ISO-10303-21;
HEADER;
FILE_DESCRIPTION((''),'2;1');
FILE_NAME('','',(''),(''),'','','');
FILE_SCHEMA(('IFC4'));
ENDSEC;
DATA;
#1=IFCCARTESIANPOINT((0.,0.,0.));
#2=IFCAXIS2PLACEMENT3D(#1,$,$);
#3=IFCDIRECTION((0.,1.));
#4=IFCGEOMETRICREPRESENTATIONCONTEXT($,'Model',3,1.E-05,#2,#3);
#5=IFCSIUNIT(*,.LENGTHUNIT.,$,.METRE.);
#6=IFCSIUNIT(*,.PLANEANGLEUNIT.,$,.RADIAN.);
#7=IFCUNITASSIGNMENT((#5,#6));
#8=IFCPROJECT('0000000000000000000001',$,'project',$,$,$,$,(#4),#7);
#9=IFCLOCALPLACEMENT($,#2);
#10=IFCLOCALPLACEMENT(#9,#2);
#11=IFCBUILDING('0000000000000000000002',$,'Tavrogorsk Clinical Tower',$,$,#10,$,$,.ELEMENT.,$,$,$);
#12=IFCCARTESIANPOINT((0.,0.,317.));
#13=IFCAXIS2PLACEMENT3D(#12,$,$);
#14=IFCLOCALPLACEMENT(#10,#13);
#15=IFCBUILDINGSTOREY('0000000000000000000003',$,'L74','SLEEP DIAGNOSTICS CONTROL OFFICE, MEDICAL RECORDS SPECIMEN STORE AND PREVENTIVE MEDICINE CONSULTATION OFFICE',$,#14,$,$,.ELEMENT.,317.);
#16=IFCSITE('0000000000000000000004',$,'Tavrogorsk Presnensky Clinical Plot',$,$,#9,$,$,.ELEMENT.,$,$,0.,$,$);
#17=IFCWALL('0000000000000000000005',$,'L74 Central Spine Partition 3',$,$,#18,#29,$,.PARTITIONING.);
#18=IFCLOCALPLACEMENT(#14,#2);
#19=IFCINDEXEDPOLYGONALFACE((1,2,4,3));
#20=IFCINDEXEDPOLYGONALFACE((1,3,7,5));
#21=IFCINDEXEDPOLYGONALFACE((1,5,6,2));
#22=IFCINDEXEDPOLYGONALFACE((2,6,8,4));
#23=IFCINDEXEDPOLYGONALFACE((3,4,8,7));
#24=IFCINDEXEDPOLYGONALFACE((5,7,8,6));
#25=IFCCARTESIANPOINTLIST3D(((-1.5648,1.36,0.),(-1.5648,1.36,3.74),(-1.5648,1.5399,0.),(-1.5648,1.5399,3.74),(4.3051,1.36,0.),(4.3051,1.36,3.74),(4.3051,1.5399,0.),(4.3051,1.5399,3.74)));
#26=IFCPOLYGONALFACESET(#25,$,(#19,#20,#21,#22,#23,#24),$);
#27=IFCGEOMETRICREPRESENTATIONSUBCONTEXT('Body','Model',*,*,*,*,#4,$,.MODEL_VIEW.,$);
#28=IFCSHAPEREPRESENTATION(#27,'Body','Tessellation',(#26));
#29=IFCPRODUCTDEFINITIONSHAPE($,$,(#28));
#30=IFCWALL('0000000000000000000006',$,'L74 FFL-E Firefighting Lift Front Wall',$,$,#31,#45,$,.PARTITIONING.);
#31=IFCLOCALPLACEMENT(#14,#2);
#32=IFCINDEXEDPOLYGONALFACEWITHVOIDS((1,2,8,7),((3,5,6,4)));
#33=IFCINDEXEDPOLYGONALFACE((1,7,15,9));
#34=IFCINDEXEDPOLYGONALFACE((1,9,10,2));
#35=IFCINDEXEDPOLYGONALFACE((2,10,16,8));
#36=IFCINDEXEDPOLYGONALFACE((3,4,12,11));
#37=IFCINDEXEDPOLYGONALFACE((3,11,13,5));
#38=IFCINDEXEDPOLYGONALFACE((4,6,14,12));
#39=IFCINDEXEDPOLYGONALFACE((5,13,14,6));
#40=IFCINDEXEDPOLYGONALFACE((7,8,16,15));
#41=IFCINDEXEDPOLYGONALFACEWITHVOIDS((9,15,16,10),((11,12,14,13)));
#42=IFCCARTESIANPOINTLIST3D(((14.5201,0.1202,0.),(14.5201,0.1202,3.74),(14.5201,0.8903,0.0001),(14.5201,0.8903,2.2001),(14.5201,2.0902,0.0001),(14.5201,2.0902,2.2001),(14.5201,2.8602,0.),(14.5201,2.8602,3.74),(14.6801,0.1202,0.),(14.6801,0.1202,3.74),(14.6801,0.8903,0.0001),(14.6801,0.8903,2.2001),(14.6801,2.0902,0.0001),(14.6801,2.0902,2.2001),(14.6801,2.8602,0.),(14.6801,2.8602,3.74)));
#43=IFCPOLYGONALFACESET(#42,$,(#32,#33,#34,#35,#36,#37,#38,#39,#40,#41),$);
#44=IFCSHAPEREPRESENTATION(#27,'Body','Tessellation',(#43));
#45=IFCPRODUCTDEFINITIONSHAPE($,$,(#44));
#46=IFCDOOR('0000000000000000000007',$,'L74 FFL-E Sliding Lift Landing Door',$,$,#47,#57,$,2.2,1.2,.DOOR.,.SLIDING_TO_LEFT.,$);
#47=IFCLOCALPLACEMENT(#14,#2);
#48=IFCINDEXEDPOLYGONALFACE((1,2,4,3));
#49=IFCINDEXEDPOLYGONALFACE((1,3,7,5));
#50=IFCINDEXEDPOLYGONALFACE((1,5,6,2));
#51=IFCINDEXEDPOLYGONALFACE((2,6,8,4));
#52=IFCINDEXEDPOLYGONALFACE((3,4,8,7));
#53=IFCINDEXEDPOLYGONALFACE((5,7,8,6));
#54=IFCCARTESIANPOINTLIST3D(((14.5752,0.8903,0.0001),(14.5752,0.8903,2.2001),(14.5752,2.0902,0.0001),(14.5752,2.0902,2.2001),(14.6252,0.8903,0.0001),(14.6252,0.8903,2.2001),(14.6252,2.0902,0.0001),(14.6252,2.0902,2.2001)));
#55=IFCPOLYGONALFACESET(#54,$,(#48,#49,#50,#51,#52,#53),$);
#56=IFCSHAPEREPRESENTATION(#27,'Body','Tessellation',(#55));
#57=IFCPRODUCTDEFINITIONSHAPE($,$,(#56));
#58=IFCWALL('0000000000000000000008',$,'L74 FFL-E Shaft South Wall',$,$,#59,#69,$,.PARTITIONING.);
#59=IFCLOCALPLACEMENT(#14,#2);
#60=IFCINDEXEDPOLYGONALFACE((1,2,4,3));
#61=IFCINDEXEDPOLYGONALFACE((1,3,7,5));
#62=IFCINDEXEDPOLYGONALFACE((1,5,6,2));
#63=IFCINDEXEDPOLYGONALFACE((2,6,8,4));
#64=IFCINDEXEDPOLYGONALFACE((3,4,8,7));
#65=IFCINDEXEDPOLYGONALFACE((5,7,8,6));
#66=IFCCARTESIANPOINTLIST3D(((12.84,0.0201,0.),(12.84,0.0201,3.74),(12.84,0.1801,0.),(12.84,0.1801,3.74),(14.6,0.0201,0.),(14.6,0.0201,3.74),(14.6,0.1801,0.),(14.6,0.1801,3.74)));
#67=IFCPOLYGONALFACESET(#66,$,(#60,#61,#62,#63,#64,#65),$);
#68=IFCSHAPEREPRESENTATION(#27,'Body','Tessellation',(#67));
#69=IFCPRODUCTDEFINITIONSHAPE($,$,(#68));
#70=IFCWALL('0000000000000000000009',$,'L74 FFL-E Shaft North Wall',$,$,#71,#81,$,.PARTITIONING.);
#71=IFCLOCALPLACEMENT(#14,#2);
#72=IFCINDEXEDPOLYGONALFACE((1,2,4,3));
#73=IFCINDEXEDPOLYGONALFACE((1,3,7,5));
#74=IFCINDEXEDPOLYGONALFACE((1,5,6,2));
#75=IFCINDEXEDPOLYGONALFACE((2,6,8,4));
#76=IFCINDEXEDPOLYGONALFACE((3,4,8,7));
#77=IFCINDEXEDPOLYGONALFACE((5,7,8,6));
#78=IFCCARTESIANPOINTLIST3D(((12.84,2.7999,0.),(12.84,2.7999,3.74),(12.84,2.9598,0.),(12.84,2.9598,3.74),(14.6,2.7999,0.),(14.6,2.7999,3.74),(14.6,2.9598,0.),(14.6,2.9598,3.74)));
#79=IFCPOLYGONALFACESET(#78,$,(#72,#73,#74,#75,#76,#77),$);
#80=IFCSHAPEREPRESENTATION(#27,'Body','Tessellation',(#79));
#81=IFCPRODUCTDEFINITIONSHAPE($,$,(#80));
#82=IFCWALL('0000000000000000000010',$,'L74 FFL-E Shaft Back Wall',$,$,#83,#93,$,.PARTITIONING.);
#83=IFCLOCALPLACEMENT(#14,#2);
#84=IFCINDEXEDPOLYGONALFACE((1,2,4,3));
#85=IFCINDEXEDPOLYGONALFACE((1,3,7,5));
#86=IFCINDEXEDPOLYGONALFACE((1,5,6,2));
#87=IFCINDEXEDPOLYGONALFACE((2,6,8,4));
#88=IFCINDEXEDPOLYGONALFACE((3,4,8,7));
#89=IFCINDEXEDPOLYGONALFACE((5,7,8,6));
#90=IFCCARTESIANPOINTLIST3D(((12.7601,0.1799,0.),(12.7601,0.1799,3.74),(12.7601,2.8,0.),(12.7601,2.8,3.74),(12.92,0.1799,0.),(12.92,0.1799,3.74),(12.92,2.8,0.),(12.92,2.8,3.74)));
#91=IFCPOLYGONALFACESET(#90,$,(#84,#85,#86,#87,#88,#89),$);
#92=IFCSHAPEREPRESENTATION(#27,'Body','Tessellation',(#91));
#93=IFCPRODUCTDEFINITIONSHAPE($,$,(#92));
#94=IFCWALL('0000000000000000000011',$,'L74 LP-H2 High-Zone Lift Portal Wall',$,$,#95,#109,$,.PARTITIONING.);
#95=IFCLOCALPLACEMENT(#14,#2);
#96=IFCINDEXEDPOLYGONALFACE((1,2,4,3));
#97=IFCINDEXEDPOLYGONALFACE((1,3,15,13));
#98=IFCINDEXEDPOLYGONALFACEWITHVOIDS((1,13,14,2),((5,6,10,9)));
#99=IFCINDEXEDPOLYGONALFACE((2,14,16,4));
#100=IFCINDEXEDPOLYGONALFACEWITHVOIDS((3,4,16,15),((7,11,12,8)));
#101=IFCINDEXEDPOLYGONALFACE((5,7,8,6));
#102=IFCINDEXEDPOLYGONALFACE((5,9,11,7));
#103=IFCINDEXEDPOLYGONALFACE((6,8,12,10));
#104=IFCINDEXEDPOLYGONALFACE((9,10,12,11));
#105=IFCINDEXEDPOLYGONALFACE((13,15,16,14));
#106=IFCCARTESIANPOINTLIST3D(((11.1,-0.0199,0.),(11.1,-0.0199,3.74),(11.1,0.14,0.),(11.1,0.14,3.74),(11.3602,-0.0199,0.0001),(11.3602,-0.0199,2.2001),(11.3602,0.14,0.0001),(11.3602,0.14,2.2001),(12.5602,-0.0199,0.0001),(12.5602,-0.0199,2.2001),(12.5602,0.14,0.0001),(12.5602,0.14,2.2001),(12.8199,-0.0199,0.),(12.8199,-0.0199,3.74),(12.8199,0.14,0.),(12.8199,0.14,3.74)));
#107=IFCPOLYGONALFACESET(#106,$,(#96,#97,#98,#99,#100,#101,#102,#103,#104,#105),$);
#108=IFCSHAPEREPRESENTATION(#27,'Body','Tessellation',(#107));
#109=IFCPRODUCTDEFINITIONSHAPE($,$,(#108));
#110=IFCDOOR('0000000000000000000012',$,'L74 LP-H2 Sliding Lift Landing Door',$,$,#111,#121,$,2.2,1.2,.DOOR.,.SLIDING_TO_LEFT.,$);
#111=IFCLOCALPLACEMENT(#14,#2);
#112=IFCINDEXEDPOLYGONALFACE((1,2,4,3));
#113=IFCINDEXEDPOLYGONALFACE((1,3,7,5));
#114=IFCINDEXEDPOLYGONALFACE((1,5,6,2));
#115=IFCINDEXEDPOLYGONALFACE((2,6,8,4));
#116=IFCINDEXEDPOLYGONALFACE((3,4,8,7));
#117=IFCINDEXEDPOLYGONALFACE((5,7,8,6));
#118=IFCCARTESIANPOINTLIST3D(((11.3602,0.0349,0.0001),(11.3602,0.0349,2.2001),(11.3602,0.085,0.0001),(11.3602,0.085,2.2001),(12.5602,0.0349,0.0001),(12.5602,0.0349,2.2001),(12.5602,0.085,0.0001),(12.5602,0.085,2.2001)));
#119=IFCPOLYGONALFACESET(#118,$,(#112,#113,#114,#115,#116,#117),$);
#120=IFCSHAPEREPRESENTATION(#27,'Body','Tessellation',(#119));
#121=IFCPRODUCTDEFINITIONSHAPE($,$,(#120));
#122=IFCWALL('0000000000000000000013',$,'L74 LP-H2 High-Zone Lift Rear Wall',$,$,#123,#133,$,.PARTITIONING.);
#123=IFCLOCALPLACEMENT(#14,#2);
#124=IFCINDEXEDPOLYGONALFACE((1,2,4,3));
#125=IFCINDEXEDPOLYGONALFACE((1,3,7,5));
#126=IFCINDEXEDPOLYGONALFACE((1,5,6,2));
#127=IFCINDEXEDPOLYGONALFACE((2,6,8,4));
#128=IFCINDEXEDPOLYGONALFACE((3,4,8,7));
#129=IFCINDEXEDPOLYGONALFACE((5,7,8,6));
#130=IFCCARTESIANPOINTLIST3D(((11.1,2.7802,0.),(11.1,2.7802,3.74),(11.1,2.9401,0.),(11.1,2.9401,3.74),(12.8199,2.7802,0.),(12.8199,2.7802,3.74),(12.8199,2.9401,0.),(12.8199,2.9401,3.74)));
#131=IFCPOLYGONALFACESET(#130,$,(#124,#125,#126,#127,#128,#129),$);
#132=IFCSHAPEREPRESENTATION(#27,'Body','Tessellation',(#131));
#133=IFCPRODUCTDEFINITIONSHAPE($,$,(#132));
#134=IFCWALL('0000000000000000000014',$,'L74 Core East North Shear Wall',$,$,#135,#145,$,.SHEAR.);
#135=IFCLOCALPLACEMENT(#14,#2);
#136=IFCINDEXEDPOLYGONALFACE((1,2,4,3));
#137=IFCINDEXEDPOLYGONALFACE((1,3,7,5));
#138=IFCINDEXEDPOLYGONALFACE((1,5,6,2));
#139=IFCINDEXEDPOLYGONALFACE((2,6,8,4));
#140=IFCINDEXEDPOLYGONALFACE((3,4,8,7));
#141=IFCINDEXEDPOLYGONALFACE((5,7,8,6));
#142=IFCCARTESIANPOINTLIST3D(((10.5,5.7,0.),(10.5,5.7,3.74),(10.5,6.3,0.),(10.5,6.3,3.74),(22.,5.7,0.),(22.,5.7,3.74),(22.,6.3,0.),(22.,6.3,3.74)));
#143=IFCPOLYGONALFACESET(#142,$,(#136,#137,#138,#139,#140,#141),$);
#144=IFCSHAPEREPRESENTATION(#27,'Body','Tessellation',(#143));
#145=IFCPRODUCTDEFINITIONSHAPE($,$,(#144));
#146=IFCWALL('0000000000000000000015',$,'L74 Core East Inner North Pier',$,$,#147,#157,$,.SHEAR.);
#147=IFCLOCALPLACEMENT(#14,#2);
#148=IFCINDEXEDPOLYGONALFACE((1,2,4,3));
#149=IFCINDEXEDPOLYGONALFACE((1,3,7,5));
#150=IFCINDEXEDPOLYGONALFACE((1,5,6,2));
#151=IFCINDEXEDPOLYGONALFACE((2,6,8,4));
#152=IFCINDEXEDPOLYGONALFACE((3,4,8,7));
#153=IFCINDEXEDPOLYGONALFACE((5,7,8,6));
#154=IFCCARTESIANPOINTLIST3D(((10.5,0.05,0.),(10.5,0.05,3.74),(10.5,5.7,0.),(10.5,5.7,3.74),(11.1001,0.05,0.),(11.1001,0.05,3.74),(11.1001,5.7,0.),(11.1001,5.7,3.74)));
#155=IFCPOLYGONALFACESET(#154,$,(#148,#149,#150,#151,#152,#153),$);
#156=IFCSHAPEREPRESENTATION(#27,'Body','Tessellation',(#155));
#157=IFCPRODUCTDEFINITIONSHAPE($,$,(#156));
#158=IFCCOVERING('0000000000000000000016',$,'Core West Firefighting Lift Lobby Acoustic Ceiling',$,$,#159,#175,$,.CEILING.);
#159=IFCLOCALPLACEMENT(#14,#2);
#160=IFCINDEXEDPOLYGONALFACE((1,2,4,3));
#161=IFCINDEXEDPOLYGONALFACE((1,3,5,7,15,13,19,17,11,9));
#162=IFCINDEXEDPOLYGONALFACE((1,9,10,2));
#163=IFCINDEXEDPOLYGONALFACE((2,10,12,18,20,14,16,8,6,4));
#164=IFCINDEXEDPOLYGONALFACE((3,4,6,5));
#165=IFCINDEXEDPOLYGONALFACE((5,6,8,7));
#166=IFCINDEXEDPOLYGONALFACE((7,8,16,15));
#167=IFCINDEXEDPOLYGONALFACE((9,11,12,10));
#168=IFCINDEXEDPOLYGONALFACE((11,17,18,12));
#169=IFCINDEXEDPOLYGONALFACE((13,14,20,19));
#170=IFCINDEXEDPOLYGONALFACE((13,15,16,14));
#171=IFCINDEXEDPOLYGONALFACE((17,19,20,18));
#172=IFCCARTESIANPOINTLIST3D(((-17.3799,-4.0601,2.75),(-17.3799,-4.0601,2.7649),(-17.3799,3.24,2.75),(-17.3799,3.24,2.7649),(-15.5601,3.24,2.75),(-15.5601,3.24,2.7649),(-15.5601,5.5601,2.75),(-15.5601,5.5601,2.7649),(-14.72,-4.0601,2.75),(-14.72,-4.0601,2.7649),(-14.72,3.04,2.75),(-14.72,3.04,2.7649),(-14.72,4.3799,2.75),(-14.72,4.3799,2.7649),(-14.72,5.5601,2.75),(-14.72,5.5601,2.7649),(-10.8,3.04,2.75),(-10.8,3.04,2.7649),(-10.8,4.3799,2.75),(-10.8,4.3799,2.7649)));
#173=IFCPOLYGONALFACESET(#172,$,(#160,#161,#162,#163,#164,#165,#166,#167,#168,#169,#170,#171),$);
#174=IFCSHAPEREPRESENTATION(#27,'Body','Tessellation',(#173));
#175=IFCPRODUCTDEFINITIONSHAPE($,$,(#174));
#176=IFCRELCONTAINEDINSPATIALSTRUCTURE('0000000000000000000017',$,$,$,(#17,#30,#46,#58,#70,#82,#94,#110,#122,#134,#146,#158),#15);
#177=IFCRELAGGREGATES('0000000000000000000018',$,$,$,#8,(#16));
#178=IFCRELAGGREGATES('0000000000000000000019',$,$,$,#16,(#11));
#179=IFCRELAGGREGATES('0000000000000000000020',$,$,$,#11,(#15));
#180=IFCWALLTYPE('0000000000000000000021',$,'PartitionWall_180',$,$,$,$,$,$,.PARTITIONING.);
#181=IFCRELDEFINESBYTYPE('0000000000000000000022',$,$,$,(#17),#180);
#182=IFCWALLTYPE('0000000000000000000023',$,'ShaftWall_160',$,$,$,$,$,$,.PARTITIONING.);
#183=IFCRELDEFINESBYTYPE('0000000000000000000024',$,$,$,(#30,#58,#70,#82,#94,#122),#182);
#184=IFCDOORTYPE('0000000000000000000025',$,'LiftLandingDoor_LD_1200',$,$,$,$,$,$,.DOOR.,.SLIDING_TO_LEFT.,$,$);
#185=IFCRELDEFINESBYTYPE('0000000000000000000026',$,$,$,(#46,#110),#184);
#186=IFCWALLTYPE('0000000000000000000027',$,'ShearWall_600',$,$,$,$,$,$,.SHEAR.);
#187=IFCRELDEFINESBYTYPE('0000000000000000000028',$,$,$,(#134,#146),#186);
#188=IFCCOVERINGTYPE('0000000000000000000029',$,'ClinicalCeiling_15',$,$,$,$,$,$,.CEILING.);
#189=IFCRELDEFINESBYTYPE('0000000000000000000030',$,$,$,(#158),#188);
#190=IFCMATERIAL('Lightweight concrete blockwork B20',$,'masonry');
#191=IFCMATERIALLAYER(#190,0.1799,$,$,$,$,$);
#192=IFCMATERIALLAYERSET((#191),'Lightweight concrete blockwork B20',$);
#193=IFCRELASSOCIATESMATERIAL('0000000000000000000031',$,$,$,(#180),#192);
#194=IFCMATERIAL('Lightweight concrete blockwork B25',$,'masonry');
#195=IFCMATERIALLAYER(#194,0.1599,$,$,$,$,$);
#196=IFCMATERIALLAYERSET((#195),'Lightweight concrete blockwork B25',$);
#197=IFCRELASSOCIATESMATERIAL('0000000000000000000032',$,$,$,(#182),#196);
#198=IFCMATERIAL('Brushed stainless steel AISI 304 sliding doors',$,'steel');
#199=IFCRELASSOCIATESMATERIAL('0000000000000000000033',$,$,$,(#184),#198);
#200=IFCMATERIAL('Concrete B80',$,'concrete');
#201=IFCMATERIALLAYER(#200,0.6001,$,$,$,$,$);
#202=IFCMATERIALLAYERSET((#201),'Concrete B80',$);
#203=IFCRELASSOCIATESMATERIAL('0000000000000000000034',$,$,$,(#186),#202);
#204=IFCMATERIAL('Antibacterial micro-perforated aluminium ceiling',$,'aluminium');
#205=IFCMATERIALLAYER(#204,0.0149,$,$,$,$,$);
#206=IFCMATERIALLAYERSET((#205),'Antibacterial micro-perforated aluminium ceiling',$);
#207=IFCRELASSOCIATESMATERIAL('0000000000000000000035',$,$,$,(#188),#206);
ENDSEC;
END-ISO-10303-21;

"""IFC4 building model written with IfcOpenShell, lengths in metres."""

from ifc_helpers import new_model, si_unit, direction, frame, frame_2d, origin, place, context, subcontext, project, spatial, polyline, rectangle, outline, extrude, material, layer, layer_set, type_object, element, fill, save


model = new_model("IFC4")

# Units and contexts
model_context = context("Model", 3, precision=1e-05, world=origin(), true_north=direction((0.0, 1.0)))
body_context = subcontext(model_context, "Body", "Model", "MODEL_VIEW")
ifc_project = project(units=[si_unit("LENGTHUNIT", "METRE"), si_unit("PLANEANGLEUNIT", "RADIAN")], contexts=[model_context])

# Site, building, storey
site_placement = place(None, origin())
site = spatial("IfcSite", under=ifc_project, at=site_placement, Name="Tavrogorsk Presnensky Clinical Plot", CompositionType="ELEMENT", RefElevation=0.0)
building_placement = place(site_placement, origin())
building = spatial("IfcBuilding", under=site, at=building_placement, Name="Tavrogorsk Clinical Tower", CompositionType="ELEMENT")
storey_placement = place(building_placement, frame((0.0, 0.0, 317.0)))
storey = spatial("IfcBuildingStorey", under=building, at=storey_placement, Name="L74", Description="SLEEP DIAGNOSTICS CONTROL OFFICE, MEDICAL RECORDS SPECIMEN STORE AND PREVENTIVE MEDICINE CONSULTATION OFFICE", CompositionType="ELEMENT", Elevation=317.0)

# Wall
ifc_material_1 = material(Name="Lightweight concrete blockwork B20", Category="masonry")
ifc_layer_1 = layer(ifc_material_1, 0.1799)
ifc_layer_set_1 = layer_set([ifc_layer_1], Name="Lightweight concrete blockwork B20")
wall_type_1 = type_object("IfcWallType", Name="PartitionWall_180", PredefinedType="PARTITIONING", material=ifc_layer_set_1)
wall_1_placement = place(storey_placement, frame((-1.5649, 1.45, 0.0), z_axis=(0.0, 0.0, 1.0), x_axis=(1.0, 0.0, 0.0)))
element("IfcWall", 1, at=wall_1_placement, inside=storey, type_object=wall_type_1, Name="L74 Central Spine Partition 3", PredefinedType="PARTITIONING", context=body_context, shape_type="SweptSolid", body=[
    extrude(rectangle(XDim=5.8699, YDim=0.1799, at=frame_2d((2.9351, 0.0))), origin(), (0.0, 0.0, 1.0), 3.74),
])

# Wall, opening, door
ifc_material_2 = material(Name="Lightweight concrete blockwork B25", Category="masonry")
ifc_layer_2 = layer(ifc_material_2, 0.1599)
ifc_layer_set_2 = layer_set([ifc_layer_2], Name="Lightweight concrete blockwork B25")
wall_type_2 = type_object("IfcWallType", Name="ShaftWall_160", PredefinedType="PARTITIONING", material=ifc_layer_set_2)
wall_2_placement = place(storey_placement, frame((14.6001, 0.1201, 0.0), z_axis=(0.0, 0.0, 1.0), x_axis=(0.0, 1.0, 0.0)))
wall_2 = element("IfcWall", 2, at=wall_2_placement, inside=storey, type_object=wall_type_2, Name="L74 FFL-E Firefighting Lift Front Wall", PredefinedType="PARTITIONING", context=body_context, shape_type="SweptSolid", body=[
    extrude(rectangle(XDim=2.74, YDim=0.1599, at=frame_2d((1.3701, 0.0))), origin(), (0.0, 0.0, 1.0), 3.74),
])
opening_1_placement = place(wall_2_placement, frame((0.77, 0.0, 0.0)))
opening_1 = element("IfcOpeningElement", 3, at=opening_1_placement, cuts=wall_2, PredefinedType="OPENING", context=body_context, shape_type="SweptSolid", body=[
    extrude(rectangle(XDim=1.2, YDim=2.2, at=frame_2d((0.6001, 1.1001))), frame((0.0, 0.0898, 0.0), z_axis=(0.0, -1.0, 0.0), x_axis=(1.0, 0.0, 0.0)), (0.0, 0.0, 1.0), 0.1799),
])
ifc_material_3 = material(Name="Brushed stainless steel AISI 304 sliding doors", Category="steel")
door_type_1 = type_object("IfcDoorType", Name="LiftLandingDoor_LD_1200", OperationType="SLIDING_TO_LEFT", PredefinedType="DOOR", material=ifc_material_3)
door_1_placement = place(opening_1_placement, origin())
door_1 = element("IfcDoor", 4, at=door_1_placement, inside=storey, type_object=door_type_1, Name="L74 FFL-E Sliding Lift Landing Door", OperationType="SLIDING_TO_LEFT", OverallHeight=2.2, OverallWidth=1.2, PredefinedType="DOOR", context=body_context, shape_type="SweptSolid", body=[
    extrude(rectangle(XDim=1.2, YDim=2.2, at=frame_2d((0.6001, 1.1001))), frame((0.0, 0.0249, 0.0), z_axis=(0.0, -1.0, 0.0), x_axis=(1.0, 0.0, 0.0)), (0.0, 0.0, 1.0), 0.05),
])
fill(opening_1, door_1)

# Walls
for number, where, z_axis, x_axis, name in (
    (5, (12.8401, 0.1001, 0.0), (0.0, 0.0, 1.0), (1.0, 0.0, 0.0), "L74 FFL-E Shaft South Wall"),
    (6, (12.8401, 2.8799, 0.0), (0.0, 0.0, 1.0), (1.0, 0.0, 0.0), "L74 FFL-E Shaft North Wall"),
):
    element("IfcWall", number, at=place(storey_placement, frame(where, z_axis=z_axis, x_axis=x_axis)), inside=storey, type_object=wall_type_2, Name=name, PredefinedType="PARTITIONING", context=body_context, shape_type="SweptSolid", body=[
        extrude(rectangle(XDim=1.76, YDim=0.1599, at=frame_2d((0.8799, 0.0))), origin(), (0.0, 0.0, 1.0), 3.74),
    ])
wall_3_placement = place(storey_placement, frame((12.8401, 0.1799, 0.0), z_axis=(0.0, 0.0, 1.0), x_axis=(0.0, 1.0, 0.0)))
element("IfcWall", 7, at=wall_3_placement, inside=storey, type_object=wall_type_2, Name="L74 FFL-E Shaft Back Wall", PredefinedType="PARTITIONING", context=body_context, shape_type="SweptSolid", body=[
    extrude(rectangle(XDim=2.6201, YDim=0.1599, at=frame_2d((1.3101, 0.0))), origin(), (0.0, 0.0, 1.0), 3.74),
])

# Wall, opening, door
wall_4_placement = place(storey_placement, frame((11.1001, 0.0601, 0.0), z_axis=(0.0, 0.0, 1.0), x_axis=(1.0, 0.0, 0.0)))
wall_4 = element("IfcWall", 8, at=wall_4_placement, inside=storey, type_object=wall_type_2, Name="L74 LP-H2 High-Zone Lift Portal Wall", PredefinedType="PARTITIONING", context=body_context, shape_type="SweptSolid", body=[
    extrude(rectangle(XDim=1.72, YDim=0.1599, at=frame_2d((0.8599, 0.0))), origin(), (0.0, 0.0, 1.0), 3.74),
])
opening_2_placement = place(wall_4_placement, frame((0.26, 0.0, 0.0)))
opening_2 = element("IfcOpeningElement", 9, at=opening_2_placement, cuts=wall_4, PredefinedType="OPENING", context=body_context, shape_type="SweptSolid", body=[
    extrude(rectangle(XDim=1.2, YDim=2.2, at=frame_2d((0.6001, 1.1001))), frame((0.0, 0.0898, 0.0), z_axis=(0.0, -1.0, 0.0), x_axis=(1.0, 0.0, 0.0)), (0.0, 0.0, 1.0), 0.1799),
])
door_2_placement = place(opening_2_placement, origin())
door_2 = element("IfcDoor", 10, at=door_2_placement, inside=storey, type_object=door_type_1, Name="L74 LP-H2 Sliding Lift Landing Door", OperationType="SLIDING_TO_LEFT", OverallHeight=2.2, OverallWidth=1.2, PredefinedType="DOOR", context=body_context, shape_type="SweptSolid", body=[
    extrude(rectangle(XDim=1.2, YDim=2.2, at=frame_2d((0.6001, 1.1001))), frame((0.0, 0.0249, 0.0), z_axis=(0.0, -1.0, 0.0), x_axis=(1.0, 0.0, 0.0)), (0.0, 0.0, 1.0), 0.05),
])
fill(opening_2, door_2)

# Walls
wall_5_placement = place(storey_placement, frame((11.1001, 2.8601, 0.0), z_axis=(0.0, 0.0, 1.0), x_axis=(1.0, 0.0, 0.0)))
element("IfcWall", 11, at=wall_5_placement, inside=storey, type_object=wall_type_2, Name="L74 LP-H2 High-Zone Lift Rear Wall", PredefinedType="PARTITIONING", context=body_context, shape_type="SweptSolid", body=[
    extrude(rectangle(XDim=1.72, YDim=0.1599, at=frame_2d((0.8599, 0.0))), origin(), (0.0, 0.0, 1.0), 3.74),
])
ifc_material_4 = material(Name="Concrete B80", Category="concrete")
ifc_layer_3 = layer(ifc_material_4, 0.6001)
ifc_layer_set_3 = layer_set([ifc_layer_3], Name="Concrete B80")
wall_type_3 = type_object("IfcWallType", Name="ShearWall_600", PredefinedType="SHEAR", material=ifc_layer_set_3)
wall_6_placement = place(storey_placement, frame((10.5, 6.0, 0.0), z_axis=(0.0, 0.0, 1.0), x_axis=(1.0, 0.0, 0.0)))
element("IfcWall", 12, at=wall_6_placement, inside=storey, type_object=wall_type_3, Name="L74 Core East North Shear Wall", PredefinedType="SHEAR", context=body_context, shape_type="SweptSolid", body=[
    extrude(rectangle(XDim=11.5, YDim=0.6001, at=frame_2d((5.75, 0.0))), origin(), (0.0, 0.0, 1.0), 3.74),
])
wall_7_placement = place(storey_placement, frame((10.8, 0.05, 0.0), z_axis=(0.0, 0.0, 1.0), x_axis=(0.0, 1.0, 0.0)))
element("IfcWall", 13, at=wall_7_placement, inside=storey, type_object=wall_type_3, Name="L74 Core East Inner North Pier", PredefinedType="SHEAR", context=body_context, shape_type="SweptSolid", body=[
    extrude(rectangle(XDim=5.6499, YDim=0.6001, at=frame_2d((2.825, 0.0))), origin(), (0.0, 0.0, 1.0), 3.74),
])

# Covering
ifc_material_5 = material(Name="Antibacterial micro-perforated aluminium ceiling", Category="aluminium")
ifc_layer_4 = layer(ifc_material_5, 0.0149)
ifc_layer_set_4 = layer_set([ifc_layer_4], Name="Antibacterial micro-perforated aluminium ceiling")
covering_type_1 = type_object("IfcCoveringType", Name="ClinicalCeiling_15", PredefinedType="CEILING", material=ifc_layer_set_4)
covering_1_placement = place(storey_placement, frame((0.0, 0.0, 2.75)))
element("IfcCovering", 14, at=covering_1_placement, inside=storey, type_object=covering_type_1, Name="Core West Firefighting Lift Lobby Acoustic Ceiling", PredefinedType="CEILING", context=body_context, shape_type="SweptSolid", body=[
    extrude(outline(polyline([(-14.72, 4.3799), (-10.8, 4.3799), (-10.8, 3.04), (-14.72, 3.04), (-14.72, -4.0601), (-17.3799, -4.0601), (-17.3799, 3.24), (-15.5601, 3.24), (-15.5601, 5.5601), (-14.72, 5.5601), (-14.72, 4.3799)])), origin(), (0.0, 0.0, 1.0), 0.0149),
])

save(model, "model.ifc")
